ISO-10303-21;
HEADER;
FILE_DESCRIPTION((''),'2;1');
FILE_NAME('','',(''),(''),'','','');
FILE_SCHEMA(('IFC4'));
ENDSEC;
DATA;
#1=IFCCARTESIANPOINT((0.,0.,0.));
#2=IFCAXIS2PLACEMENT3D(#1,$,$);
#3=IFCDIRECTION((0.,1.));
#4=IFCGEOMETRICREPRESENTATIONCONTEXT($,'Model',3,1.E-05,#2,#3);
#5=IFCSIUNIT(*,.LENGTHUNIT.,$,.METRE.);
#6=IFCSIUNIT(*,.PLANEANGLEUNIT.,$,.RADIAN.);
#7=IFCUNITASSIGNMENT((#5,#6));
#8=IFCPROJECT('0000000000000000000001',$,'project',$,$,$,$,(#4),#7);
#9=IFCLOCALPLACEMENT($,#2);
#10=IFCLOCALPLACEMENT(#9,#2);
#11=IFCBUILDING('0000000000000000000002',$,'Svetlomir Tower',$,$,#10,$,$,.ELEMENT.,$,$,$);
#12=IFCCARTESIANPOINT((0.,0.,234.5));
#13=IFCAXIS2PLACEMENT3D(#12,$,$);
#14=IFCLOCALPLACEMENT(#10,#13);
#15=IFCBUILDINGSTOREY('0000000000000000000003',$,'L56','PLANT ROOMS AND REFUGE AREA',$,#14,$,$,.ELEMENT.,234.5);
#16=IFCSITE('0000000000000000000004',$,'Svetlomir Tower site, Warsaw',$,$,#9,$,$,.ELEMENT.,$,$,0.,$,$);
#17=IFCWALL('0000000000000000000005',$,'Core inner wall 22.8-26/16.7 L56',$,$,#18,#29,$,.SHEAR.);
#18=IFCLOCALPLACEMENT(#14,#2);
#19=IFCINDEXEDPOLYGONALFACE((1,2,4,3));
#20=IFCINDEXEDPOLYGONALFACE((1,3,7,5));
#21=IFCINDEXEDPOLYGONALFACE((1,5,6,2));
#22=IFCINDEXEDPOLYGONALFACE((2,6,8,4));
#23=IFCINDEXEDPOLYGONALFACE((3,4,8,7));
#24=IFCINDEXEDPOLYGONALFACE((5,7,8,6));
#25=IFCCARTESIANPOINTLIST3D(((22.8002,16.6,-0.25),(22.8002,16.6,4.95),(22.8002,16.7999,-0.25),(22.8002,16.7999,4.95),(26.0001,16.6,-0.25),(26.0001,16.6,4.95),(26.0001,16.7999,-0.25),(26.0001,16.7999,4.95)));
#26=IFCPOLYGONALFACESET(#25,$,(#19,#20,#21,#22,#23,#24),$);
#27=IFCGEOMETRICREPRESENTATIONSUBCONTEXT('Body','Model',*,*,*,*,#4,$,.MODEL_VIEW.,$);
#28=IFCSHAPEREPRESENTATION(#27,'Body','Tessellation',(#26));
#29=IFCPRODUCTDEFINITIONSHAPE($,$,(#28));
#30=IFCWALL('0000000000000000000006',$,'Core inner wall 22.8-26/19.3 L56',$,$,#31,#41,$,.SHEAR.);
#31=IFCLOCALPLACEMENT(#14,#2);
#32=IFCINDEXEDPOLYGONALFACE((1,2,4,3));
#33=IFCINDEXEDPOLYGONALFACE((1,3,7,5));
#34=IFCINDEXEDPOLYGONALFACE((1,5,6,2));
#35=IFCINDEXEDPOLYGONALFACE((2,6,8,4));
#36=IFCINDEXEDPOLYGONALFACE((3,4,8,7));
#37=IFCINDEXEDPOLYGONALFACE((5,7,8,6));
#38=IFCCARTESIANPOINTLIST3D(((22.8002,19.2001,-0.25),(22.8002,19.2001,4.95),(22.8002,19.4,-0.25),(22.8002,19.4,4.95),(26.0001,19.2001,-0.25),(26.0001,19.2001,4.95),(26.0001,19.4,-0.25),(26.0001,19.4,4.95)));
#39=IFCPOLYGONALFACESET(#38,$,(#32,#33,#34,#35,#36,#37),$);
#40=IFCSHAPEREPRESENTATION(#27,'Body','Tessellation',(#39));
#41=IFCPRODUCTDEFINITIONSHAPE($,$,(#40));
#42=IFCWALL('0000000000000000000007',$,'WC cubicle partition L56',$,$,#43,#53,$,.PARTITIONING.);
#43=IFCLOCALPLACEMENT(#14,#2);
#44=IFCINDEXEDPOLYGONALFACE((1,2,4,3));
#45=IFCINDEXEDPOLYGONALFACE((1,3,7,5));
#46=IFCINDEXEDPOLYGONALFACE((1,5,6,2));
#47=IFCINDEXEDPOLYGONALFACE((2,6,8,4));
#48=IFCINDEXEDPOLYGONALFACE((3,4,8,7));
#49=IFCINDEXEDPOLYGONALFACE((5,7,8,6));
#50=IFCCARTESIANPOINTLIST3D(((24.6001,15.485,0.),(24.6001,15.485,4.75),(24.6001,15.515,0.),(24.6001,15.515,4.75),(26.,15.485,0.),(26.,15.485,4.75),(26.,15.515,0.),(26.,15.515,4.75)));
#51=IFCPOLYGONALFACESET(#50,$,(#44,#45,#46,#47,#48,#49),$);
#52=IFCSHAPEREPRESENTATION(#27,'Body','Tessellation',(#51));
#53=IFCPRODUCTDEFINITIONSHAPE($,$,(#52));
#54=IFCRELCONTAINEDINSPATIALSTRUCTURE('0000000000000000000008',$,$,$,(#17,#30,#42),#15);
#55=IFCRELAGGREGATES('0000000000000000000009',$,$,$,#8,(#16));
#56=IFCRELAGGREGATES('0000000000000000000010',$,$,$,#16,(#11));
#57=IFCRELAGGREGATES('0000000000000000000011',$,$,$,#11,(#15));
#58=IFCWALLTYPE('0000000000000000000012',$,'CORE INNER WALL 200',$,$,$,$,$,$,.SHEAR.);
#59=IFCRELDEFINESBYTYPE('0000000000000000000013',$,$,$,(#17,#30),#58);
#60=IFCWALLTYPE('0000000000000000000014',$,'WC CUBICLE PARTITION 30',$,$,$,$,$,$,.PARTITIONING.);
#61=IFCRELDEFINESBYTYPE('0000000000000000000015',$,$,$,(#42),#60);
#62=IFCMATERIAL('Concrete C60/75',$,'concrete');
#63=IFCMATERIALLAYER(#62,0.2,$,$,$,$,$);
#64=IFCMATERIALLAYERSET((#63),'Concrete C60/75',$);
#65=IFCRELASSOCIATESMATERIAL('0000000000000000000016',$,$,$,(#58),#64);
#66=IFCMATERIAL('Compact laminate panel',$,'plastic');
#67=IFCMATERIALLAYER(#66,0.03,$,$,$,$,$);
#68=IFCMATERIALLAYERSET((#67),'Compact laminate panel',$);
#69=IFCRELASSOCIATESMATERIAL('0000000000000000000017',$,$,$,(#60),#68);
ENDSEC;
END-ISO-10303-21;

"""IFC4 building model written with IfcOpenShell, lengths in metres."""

from ifc_helpers import new_model, si_unit, direction, frame, frame_2d, origin, place, context, subcontext, project, spatial, rectangle, extrude, material, layer, layer_set, type_object, element, save


model = new_model("IFC4")

# Units and contexts
model_context = context("Model", 3, precision=1e-05, world=origin(), true_north=direction((0.0, 1.0)))
body_context = subcontext(model_context, "Body", "Model", "MODEL_VIEW")
ifc_project = project(units=[si_unit("LENGTHUNIT", "METRE"), si_unit("PLANEANGLEUNIT", "RADIAN")], contexts=[model_context])

# Site, building, storey
site_placement = place(None, origin())
site = spatial("IfcSite", under=ifc_project, at=site_placement, Name="Svetlomir Tower site, Warsaw", CompositionType="ELEMENT", RefElevation=0.0)
building_placement = place(site_placement, origin())
building = spatial("IfcBuilding", under=site, at=building_placement, Name="Svetlomir Tower", CompositionType="ELEMENT")
storey_placement = place(building_placement, frame((0.0, 0.0, 234.5)))
storey = spatial("IfcBuildingStorey", under=building, at=storey_placement, Name="L56", Description="PLANT ROOMS AND REFUGE AREA", CompositionType="ELEMENT", Elevation=234.5)

# Shared definitions
ifc_material_1 = material(Name="Concrete C60/75", Category="concrete")
ifc_layer_1 = layer(ifc_material_1, 0.2)
ifc_layer_set_1 = layer_set([ifc_layer_1], Name="Concrete C60/75")
wall_type_1 = type_object("IfcWallType", Name="CORE INNER WALL 200", PredefinedType="SHEAR", material=ifc_layer_set_1)

# Walls
for number, where, z_axis, x_axis, name in (
    (1, (22.8, 16.7, -0.25), (0.0, 0.0, 1.0), (1.0, 0.0, 0.0), "Core inner wall 22.8-26/16.7 L56"),
    (2, (22.8, 19.3, -0.25), (0.0, 0.0, 1.0), (1.0, 0.0, 0.0), "Core inner wall 22.8-26/19.3 L56"),
):
    element("IfcWall", number, at=place(storey_placement, frame(where, z_axis=z_axis, x_axis=x_axis)), inside=storey, type_object=wall_type_1, Name=name, PredefinedType="SHEAR", context=body_context, shape_type="SweptSolid", body=[
        extrude(rectangle(XDim=3.2, YDim=0.2, at=frame_2d((1.6001, 0.0))), origin(), (0.0, 0.0, 1.0), 5.2),
    ])
ifc_material_2 = material(Name="Compact laminate panel", Category="plastic")
ifc_layer_2 = layer(ifc_material_2, 0.03)
ifc_layer_set_2 = layer_set([ifc_layer_2], Name="Compact laminate panel")
wall_type_2 = type_object("IfcWallType", Name="WC CUBICLE PARTITION 30", PredefinedType="PARTITIONING", material=ifc_layer_set_2)
wall_1_placement = place(storey_placement, frame((24.6001, 15.5, 0.0), z_axis=(0.0, 0.0, 1.0), x_axis=(1.0, 0.0, 0.0)))
element("IfcWall", 3, at=wall_1_placement, inside=storey, type_object=wall_type_2, Name="WC cubicle partition L56", PredefinedType="PARTITIONING", context=body_context, shape_type="SweptSolid", body=[
    extrude(rectangle(XDim=1.3999, YDim=0.03, at=frame_2d((0.7, 0.0))), origin(), (0.0, 0.0, 1.0), 4.75),
])

save(model, "model.ifc")
